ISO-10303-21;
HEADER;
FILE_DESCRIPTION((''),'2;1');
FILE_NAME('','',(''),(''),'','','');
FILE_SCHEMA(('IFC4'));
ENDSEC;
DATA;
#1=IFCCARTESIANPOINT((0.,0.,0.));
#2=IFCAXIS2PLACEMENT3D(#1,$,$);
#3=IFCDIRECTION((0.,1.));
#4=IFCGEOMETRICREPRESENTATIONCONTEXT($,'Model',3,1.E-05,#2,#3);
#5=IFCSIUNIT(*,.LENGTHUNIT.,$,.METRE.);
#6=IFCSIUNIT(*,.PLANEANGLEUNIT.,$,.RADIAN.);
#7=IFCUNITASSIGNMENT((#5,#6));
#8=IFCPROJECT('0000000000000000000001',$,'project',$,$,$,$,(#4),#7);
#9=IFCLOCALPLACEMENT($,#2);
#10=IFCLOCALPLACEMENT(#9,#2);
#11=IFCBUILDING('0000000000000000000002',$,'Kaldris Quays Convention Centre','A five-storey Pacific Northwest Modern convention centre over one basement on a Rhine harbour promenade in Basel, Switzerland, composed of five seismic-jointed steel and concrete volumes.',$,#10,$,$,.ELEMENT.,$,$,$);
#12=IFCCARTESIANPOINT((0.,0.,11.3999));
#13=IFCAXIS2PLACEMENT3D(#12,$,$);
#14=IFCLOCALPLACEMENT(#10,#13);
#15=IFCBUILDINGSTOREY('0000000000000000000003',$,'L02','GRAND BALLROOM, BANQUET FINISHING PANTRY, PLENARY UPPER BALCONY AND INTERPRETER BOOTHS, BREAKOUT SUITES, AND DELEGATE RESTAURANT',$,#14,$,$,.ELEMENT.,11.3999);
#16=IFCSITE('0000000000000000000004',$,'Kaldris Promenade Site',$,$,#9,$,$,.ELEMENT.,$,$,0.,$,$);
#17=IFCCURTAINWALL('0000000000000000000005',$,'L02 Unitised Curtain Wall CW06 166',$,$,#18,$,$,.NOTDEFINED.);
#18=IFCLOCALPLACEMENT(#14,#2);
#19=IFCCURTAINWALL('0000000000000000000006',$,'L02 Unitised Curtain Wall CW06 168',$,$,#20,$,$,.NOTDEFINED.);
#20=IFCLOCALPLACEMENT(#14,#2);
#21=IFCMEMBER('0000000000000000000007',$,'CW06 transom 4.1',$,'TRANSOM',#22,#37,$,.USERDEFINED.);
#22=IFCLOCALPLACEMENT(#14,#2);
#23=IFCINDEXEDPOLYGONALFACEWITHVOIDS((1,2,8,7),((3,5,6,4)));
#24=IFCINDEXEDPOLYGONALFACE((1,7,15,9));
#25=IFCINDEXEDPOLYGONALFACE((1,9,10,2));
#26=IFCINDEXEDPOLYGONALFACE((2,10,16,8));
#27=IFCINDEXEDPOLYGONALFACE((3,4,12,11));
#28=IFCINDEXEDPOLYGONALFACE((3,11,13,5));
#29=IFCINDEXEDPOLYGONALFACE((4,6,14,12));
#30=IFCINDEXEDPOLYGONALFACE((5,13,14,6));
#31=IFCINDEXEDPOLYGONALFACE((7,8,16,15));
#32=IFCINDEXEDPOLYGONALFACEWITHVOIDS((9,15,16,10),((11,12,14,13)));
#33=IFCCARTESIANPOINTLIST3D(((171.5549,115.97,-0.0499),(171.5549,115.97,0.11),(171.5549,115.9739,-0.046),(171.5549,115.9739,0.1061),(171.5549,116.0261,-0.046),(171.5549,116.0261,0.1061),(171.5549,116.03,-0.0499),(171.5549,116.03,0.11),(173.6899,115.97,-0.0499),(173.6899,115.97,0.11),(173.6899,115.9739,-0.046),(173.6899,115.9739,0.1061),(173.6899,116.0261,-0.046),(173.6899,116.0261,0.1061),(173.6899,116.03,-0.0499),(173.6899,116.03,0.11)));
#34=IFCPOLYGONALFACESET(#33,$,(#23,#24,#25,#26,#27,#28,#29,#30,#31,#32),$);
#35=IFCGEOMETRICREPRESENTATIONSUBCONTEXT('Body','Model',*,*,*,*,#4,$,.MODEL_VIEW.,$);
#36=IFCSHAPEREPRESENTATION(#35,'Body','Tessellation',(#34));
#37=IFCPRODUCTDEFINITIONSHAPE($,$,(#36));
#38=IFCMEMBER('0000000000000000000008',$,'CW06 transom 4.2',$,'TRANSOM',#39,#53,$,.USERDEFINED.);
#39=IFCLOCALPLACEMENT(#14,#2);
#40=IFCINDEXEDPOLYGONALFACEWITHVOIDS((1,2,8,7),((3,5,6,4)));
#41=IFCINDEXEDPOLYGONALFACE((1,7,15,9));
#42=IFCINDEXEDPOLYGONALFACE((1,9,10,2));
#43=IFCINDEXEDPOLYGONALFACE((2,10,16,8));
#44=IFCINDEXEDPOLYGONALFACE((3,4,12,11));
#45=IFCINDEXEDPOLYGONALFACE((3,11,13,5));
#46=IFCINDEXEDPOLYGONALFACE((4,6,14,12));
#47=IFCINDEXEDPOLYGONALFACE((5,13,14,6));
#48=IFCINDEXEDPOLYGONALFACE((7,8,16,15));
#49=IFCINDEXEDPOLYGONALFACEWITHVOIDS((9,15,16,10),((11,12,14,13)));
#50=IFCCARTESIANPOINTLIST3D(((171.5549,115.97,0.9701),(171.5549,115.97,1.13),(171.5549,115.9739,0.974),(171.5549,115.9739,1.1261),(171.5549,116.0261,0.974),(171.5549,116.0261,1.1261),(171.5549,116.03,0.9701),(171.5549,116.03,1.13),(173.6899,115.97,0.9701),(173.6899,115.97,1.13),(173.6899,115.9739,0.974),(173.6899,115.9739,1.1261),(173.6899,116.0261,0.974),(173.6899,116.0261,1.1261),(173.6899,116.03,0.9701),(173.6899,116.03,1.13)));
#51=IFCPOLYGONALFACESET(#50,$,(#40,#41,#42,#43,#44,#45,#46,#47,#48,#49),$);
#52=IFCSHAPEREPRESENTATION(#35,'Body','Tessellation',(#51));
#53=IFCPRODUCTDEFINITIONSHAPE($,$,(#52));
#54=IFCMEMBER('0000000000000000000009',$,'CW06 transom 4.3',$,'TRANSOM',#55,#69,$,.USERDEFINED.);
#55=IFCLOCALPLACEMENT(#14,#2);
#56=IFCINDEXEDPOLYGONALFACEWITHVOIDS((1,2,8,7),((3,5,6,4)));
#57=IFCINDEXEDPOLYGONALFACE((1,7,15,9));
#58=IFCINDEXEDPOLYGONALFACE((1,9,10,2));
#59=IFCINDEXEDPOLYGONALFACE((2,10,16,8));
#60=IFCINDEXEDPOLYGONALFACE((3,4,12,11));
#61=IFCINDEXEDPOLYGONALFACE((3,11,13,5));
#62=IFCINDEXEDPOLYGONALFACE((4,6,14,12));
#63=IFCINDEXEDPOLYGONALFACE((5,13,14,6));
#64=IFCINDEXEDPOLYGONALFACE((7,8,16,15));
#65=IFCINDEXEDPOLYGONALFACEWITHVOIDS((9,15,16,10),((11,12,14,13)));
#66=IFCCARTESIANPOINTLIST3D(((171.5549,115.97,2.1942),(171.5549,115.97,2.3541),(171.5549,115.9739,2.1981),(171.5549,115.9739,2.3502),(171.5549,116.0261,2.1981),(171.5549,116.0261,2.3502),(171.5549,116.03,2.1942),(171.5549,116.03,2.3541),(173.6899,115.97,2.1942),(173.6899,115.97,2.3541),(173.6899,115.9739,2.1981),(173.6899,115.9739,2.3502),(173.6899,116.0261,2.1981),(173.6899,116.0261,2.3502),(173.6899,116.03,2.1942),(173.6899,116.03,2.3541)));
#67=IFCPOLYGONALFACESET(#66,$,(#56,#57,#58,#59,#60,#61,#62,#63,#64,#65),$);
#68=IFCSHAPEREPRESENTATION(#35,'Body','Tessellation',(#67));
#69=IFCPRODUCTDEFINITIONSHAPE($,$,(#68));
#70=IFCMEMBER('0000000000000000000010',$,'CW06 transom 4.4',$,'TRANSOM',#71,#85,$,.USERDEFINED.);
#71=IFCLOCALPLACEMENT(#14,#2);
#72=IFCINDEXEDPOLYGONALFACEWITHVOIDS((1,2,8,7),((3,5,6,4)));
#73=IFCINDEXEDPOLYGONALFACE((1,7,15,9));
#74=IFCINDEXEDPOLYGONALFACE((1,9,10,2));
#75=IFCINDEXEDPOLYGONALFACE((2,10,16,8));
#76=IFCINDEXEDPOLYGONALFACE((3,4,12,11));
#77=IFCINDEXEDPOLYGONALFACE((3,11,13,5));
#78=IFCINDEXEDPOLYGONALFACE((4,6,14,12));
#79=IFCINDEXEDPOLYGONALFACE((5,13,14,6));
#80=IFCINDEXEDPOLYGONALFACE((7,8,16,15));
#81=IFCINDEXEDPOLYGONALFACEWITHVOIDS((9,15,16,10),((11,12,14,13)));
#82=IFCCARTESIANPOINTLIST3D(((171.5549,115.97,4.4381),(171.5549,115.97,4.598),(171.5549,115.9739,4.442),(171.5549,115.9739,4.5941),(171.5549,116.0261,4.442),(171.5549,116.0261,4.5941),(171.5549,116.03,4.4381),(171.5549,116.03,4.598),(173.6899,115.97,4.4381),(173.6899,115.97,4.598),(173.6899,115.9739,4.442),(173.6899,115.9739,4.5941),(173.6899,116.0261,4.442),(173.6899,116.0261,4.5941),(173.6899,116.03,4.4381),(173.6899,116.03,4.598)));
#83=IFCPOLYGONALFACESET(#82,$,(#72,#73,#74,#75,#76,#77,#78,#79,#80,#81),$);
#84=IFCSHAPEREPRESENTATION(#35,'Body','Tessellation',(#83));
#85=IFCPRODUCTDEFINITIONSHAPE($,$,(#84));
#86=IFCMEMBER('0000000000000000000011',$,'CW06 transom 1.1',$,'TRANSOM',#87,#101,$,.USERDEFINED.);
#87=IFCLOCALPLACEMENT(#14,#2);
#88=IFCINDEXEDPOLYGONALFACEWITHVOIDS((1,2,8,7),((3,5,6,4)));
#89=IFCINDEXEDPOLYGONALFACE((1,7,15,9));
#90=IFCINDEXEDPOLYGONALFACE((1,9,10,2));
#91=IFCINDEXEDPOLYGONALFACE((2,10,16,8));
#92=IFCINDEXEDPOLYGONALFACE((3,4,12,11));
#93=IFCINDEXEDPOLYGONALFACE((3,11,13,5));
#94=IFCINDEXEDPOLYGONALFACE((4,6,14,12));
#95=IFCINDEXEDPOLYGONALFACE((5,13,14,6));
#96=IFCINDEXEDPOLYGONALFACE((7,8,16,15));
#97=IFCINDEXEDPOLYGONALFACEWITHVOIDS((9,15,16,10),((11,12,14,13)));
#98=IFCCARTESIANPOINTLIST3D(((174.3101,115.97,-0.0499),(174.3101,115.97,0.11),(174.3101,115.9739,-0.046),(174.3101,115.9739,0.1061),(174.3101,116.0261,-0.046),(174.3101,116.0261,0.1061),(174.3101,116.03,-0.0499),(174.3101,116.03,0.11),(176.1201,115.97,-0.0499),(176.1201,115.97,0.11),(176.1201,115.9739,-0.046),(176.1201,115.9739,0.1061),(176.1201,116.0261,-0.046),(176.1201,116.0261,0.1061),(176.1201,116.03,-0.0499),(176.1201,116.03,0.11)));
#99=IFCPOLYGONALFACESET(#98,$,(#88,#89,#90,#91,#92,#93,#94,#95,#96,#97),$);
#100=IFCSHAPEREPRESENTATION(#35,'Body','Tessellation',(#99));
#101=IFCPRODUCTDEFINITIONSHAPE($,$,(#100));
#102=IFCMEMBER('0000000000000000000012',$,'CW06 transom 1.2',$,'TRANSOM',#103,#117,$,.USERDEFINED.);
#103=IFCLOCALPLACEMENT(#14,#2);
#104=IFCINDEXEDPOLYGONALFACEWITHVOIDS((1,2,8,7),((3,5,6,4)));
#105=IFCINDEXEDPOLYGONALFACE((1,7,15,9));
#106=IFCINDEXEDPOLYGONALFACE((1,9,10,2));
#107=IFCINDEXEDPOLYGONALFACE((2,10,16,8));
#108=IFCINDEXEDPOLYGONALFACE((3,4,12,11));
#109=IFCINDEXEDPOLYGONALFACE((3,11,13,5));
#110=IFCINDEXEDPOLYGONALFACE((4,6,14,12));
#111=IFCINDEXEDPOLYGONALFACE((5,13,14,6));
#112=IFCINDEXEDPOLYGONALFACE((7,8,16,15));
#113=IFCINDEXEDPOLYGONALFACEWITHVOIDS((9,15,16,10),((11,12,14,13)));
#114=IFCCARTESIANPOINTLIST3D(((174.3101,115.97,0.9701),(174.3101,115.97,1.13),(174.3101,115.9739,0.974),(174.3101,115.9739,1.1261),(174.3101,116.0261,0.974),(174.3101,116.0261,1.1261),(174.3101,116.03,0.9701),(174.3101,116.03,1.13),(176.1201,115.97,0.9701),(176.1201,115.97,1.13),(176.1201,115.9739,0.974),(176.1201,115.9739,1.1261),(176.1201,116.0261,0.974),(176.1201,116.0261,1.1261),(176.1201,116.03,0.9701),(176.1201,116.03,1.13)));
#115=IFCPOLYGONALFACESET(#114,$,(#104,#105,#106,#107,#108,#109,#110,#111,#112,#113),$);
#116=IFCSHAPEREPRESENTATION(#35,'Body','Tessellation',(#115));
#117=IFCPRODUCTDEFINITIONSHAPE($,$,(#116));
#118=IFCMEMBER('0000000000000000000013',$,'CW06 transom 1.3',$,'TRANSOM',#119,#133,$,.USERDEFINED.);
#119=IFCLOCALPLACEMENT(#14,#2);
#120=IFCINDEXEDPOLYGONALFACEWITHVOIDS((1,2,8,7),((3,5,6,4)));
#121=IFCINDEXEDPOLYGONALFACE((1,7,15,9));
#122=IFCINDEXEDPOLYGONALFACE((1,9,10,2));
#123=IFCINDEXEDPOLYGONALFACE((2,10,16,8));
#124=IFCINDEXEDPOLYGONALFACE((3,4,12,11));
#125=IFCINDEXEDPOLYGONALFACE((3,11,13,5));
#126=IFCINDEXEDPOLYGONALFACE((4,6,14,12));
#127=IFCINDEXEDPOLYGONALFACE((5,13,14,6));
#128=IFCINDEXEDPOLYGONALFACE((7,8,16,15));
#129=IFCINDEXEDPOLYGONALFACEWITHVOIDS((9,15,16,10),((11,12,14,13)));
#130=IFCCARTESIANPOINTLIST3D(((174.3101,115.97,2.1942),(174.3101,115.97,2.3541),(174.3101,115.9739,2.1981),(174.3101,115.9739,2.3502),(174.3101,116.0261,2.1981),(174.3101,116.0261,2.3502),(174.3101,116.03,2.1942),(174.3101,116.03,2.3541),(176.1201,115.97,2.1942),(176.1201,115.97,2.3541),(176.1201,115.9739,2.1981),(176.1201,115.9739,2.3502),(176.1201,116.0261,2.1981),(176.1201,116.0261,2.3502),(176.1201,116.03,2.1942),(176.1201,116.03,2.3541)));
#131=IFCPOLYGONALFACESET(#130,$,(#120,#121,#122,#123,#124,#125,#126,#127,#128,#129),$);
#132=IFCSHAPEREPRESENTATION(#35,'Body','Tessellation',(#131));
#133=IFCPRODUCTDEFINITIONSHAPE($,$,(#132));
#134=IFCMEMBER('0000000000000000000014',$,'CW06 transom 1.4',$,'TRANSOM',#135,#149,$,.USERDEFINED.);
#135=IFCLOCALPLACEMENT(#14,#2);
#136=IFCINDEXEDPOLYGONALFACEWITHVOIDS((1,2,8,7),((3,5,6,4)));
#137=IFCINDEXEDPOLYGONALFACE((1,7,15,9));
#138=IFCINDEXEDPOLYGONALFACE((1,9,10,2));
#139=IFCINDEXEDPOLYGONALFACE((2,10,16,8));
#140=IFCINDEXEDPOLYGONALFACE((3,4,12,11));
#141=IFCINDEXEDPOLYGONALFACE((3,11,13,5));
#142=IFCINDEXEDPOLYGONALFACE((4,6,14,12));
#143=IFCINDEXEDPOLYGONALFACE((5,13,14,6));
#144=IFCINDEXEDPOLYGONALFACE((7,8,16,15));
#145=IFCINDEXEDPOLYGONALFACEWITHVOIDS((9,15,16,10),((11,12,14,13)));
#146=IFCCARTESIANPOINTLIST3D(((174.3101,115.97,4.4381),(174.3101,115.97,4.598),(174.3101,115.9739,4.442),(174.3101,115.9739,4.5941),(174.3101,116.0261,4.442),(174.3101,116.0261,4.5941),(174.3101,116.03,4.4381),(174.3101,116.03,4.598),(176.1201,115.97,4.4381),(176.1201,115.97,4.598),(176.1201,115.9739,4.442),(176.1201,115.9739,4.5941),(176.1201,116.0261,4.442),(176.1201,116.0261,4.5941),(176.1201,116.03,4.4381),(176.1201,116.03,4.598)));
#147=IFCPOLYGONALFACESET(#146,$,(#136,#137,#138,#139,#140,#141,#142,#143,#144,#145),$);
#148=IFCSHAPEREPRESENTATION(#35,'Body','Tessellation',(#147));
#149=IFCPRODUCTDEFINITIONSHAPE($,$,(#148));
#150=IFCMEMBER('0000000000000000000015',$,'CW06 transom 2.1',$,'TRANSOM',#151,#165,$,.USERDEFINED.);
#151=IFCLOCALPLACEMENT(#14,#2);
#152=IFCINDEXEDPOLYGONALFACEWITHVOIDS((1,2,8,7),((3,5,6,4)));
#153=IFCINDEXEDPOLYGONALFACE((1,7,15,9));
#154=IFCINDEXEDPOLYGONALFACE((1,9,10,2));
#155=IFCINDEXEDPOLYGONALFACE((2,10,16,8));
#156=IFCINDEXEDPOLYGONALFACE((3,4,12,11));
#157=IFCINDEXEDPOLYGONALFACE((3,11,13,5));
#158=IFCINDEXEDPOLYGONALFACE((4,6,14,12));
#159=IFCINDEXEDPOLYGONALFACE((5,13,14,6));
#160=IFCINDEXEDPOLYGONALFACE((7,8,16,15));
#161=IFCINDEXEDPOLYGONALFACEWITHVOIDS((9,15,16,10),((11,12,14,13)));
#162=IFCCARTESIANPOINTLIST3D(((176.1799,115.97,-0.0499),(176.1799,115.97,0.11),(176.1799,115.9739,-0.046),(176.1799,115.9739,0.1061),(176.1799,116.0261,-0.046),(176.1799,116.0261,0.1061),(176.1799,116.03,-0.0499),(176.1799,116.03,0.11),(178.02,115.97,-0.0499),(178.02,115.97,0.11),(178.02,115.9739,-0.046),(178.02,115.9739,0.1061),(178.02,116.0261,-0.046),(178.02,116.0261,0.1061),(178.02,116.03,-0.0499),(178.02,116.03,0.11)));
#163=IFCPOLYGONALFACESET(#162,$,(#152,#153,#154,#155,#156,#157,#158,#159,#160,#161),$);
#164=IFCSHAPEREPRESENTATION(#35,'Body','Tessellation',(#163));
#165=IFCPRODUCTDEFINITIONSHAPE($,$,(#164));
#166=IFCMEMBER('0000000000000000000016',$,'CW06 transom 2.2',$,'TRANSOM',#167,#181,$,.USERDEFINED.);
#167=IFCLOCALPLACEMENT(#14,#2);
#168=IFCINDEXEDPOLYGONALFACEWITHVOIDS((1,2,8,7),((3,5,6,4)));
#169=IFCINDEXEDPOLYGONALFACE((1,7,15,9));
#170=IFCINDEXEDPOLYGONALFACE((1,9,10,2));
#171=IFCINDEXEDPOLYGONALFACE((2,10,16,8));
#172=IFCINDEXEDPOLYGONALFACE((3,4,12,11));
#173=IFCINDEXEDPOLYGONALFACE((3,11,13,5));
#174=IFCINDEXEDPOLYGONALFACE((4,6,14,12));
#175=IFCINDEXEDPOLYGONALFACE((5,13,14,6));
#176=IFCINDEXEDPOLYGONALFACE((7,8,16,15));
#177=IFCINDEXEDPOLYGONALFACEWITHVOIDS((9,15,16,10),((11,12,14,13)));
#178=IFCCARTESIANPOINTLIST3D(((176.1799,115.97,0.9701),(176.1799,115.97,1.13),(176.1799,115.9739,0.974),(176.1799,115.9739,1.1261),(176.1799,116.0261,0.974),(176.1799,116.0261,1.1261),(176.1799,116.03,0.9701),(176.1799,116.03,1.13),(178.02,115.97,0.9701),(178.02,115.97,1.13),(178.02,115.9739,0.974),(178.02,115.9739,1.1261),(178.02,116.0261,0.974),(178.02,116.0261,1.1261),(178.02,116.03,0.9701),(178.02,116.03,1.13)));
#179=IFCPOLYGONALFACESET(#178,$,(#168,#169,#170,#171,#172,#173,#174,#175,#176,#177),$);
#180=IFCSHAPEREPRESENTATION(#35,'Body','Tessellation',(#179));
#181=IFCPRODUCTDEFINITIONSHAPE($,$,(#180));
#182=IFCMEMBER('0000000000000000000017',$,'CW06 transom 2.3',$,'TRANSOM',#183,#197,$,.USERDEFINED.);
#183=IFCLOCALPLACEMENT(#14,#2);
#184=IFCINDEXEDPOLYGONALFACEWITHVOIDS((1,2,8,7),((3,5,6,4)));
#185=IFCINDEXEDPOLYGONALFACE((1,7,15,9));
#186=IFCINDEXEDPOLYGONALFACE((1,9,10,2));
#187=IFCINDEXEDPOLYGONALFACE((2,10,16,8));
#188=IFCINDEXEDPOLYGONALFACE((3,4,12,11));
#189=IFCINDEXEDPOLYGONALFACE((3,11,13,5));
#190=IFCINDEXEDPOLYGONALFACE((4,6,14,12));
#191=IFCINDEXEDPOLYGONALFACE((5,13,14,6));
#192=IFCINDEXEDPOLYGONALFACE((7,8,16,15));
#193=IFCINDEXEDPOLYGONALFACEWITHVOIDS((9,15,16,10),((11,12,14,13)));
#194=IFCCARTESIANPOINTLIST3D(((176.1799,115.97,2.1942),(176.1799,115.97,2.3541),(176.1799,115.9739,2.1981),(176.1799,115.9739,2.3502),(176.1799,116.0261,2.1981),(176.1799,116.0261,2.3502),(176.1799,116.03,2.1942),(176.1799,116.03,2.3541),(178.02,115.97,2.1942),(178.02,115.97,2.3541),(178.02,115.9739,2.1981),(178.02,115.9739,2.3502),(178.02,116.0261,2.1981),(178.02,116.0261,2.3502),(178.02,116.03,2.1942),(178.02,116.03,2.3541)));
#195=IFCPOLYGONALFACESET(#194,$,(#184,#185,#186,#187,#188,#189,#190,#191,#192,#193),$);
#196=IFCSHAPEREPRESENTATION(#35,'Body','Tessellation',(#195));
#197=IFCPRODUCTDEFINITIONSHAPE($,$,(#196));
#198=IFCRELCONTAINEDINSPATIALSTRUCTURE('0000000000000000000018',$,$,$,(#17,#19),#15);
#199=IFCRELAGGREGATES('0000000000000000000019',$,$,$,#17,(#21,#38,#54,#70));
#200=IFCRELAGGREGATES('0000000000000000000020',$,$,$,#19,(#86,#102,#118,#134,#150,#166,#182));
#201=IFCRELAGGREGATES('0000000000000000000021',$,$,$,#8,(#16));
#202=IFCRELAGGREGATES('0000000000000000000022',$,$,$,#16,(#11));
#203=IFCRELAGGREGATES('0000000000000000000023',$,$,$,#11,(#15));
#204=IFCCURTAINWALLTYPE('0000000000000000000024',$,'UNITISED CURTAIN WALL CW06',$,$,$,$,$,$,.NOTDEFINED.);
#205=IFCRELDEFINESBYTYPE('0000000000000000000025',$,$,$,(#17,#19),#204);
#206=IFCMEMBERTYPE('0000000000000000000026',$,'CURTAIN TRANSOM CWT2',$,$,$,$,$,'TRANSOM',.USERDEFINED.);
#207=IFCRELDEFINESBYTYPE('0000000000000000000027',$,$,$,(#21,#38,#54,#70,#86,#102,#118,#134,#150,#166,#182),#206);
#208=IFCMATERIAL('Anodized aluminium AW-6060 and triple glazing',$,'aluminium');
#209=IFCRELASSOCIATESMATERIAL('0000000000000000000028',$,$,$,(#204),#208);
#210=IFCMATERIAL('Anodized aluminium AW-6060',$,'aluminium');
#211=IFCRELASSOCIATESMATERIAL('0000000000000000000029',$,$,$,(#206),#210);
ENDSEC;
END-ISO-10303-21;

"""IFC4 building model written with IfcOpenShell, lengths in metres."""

from ifc_helpers import new_model, si_unit, direction, frame, origin, origin_2d, place, context, subcontext, project, spatial, hollow_rectangle, extrude, material, material_profile, profile_set, type_object, element, aggregate, save


model = new_model("IFC4")

# Units and contexts
model_context = context("Model", 3, precision=1e-05, world=origin(), true_north=direction((0.0, 1.0)))
body_context = subcontext(model_context, "Body", "Model", "MODEL_VIEW")
ifc_project = project(units=[si_unit("LENGTHUNIT", "METRE"), si_unit("PLANEANGLEUNIT", "RADIAN")], contexts=[model_context])

# Site, building, storey
site_placement = place(None, origin())
site = spatial("IfcSite", under=ifc_project, at=site_placement, Name="Kaldris Promenade Site", CompositionType="ELEMENT", RefElevation=0.0)
building_placement = place(site_placement, origin())
building = spatial("IfcBuilding", under=site, at=building_placement, Name="Kaldris Quays Convention Centre", Description="A five-storey Pacific Northwest Modern convention centre over one basement on a Rhine harbour promenade in Basel, Switzerland, composed of five seismic-jointed steel and concrete volumes.", CompositionType="ELEMENT")
storey_placement = place(building_placement, frame((0.0, 0.0, 11.3999)))
storey = spatial("IfcBuildingStorey", under=building, at=storey_placement, Name="L02", Description="GRAND BALLROOM, BANQUET FINISHING PANTRY, PLENARY UPPER BALCONY AND INTERPRETER BOOTHS, BREAKOUT SUITES, AND DELEGATE RESTAURANT", CompositionType="ELEMENT", Elevation=11.3999)

# Curtain walls
ifc_material_1 = material(Name="Anodized aluminium AW-6060 and triple glazing", Category="aluminium")
curtain_wall_type = type_object("IfcCurtainWallType", Name="UNITISED CURTAIN WALL CW06", PredefinedType="NOTDEFINED", material=ifc_material_1)
curtain_wall_1_placement = place(storey_placement, origin())
curtain_wall_1 = element("IfcCurtainWall", 1, at=curtain_wall_1_placement, inside=storey, type_object=curtain_wall_type, Name="L02 Unitised Curtain Wall CW06 166", PredefinedType="NOTDEFINED")
ifc_material_2 = material(Name="Anodized aluminium AW-6060", Category="aluminium")
curtain_wall_2_placement = place(storey_placement, origin())
curtain_wall_2 = element("IfcCurtainWall", 2, at=curtain_wall_2_placement, inside=storey, type_object=curtain_wall_type, Name="L02 Unitised Curtain Wall CW06 168", PredefinedType="NOTDEFINED")

# Members
ifc_material_profile_1 = material_profile(ifc_material_2, hollow_rectangle(XDim=0.0601, YDim=0.1599, WallThickness=0.0039, at=origin_2d()), Name="RHS 160x60x4")
ifc_profile_set_1 = profile_set([ifc_material_profile_1], Name="Anodized aluminium AW-6060")
member_type_1 = type_object("IfcMemberType", Name="CURTAIN TRANSOM CWT2", ElementType="TRANSOM", PredefinedType="USERDEFINED", material=ifc_profile_set_1)
member_1_placement = place(storey_placement, frame((171.5549, 116.0, 0.03), z_axis=(1.0, 0.0, 0.0), x_axis=(0.0, 1.0, 0.0)))
member_1 = element("IfcMember", 3, at=member_1_placement, type_object=member_type_1, Name="CW06 transom 4.1", ObjectType="TRANSOM", PredefinedType="USERDEFINED", context=body_context, shape_type="SweptSolid", body=[
    extrude(hollow_rectangle(XDim=0.0601, YDim=0.1599, WallThickness=0.0039, at=origin_2d()), origin(), (0.0, 0.0, 1.0), 2.135),
])
member_2_placement = place(storey_placement, frame((171.5549, 116.0, 1.05), z_axis=(1.0, 0.0, 0.0), x_axis=(0.0, 1.0, 0.0)))
member_2 = element("IfcMember", 4, at=member_2_placement, type_object=member_type_1, Name="CW06 transom 4.2", ObjectType="TRANSOM", PredefinedType="USERDEFINED", context=body_context, shape_type="SweptSolid", body=[
    extrude(hollow_rectangle(XDim=0.0601, YDim=0.1599, WallThickness=0.0039, at=origin_2d()), origin(), (0.0, 0.0, 1.0), 2.135),
])
member_3_placement = place(storey_placement, frame((171.5549, 116.0, 2.2742), z_axis=(1.0, 0.0, 0.0), x_axis=(0.0, 1.0, 0.0)))
member_3 = element("IfcMember", 5, at=member_3_placement, type_object=member_type_1, Name="CW06 transom 4.3", ObjectType="TRANSOM", PredefinedType="USERDEFINED", context=body_context, shape_type="SweptSolid", body=[
    extrude(hollow_rectangle(XDim=0.0601, YDim=0.1599, WallThickness=0.0039, at=origin_2d()), origin(), (0.0, 0.0, 1.0), 2.135),
])
member_4_placement = place(storey_placement, frame((171.5549, 116.0, 4.5181), z_axis=(1.0, 0.0, 0.0), x_axis=(0.0, 1.0, 0.0)))
member_4 = element("IfcMember", 6, at=member_4_placement, type_object=member_type_1, Name="CW06 transom 4.4", ObjectType="TRANSOM", PredefinedType="USERDEFINED", context=body_context, shape_type="SweptSolid", body=[
    extrude(hollow_rectangle(XDim=0.0601, YDim=0.1599, WallThickness=0.0039, at=origin_2d()), origin(), (0.0, 0.0, 1.0), 2.135),
])
member_5_placement = place(storey_placement, frame((174.3101, 116.0, 0.03), z_axis=(1.0, 0.0, 0.0), x_axis=(0.0, 1.0, 0.0)))
member_5 = element("IfcMember", 7, at=member_5_placement, type_object=member_type_1, Name="CW06 transom 1.1", ObjectType="TRANSOM", PredefinedType="USERDEFINED", context=body_context, shape_type="SweptSolid", body=[
    extrude(hollow_rectangle(XDim=0.0601, YDim=0.1599, WallThickness=0.0039, at=origin_2d()), origin(), (0.0, 0.0, 1.0), 1.8101),
])
member_6_placement = place(storey_placement, frame((174.3101, 116.0, 1.05), z_axis=(1.0, 0.0, 0.0), x_axis=(0.0, 1.0, 0.0)))
member_6 = element("IfcMember", 8, at=member_6_placement, type_object=member_type_1, Name="CW06 transom 1.2", ObjectType="TRANSOM", PredefinedType="USERDEFINED", context=body_context, shape_type="SweptSolid", body=[
    extrude(hollow_rectangle(XDim=0.0601, YDim=0.1599, WallThickness=0.0039, at=origin_2d()), origin(), (0.0, 0.0, 1.0), 1.8101),
])
member_7_placement = place(storey_placement, frame((174.3101, 116.0, 2.2742), z_axis=(1.0, 0.0, 0.0), x_axis=(0.0, 1.0, 0.0)))
member_7 = element("IfcMember", 9, at=member_7_placement, type_object=member_type_1, Name="CW06 transom 1.3", ObjectType="TRANSOM", PredefinedType="USERDEFINED", context=body_context, shape_type="SweptSolid", body=[
    extrude(hollow_rectangle(XDim=0.0601, YDim=0.1599, WallThickness=0.0039, at=origin_2d()), origin(), (0.0, 0.0, 1.0), 1.8101),
])
member_8_placement = place(storey_placement, frame((174.3101, 116.0, 4.5181), z_axis=(1.0, 0.0, 0.0), x_axis=(0.0, 1.0, 0.0)))
member_8 = element("IfcMember", 10, at=member_8_placement, type_object=member_type_1, Name="CW06 transom 1.4", ObjectType="TRANSOM", PredefinedType="USERDEFINED", context=body_context, shape_type="SweptSolid", body=[
    extrude(hollow_rectangle(XDim=0.0601, YDim=0.1599, WallThickness=0.0039, at=origin_2d()), origin(), (0.0, 0.0, 1.0), 1.8101),
])
member_9_placement = place(storey_placement, frame((176.1799, 116.0, 0.03), z_axis=(1.0, 0.0, 0.0), x_axis=(0.0, 1.0, 0.0)))
member_9 = element("IfcMember", 11, at=member_9_placement, type_object=member_type_1, Name="CW06 transom 2.1", ObjectType="TRANSOM", PredefinedType="USERDEFINED", context=body_context, shape_type="SweptSolid", body=[
    extrude(hollow_rectangle(XDim=0.0601, YDim=0.1599, WallThickness=0.0039, at=origin_2d()), origin(), (0.0, 0.0, 1.0), 1.8401),
])
member_10_placement = place(storey_placement, frame((176.1799, 116.0, 1.05), z_axis=(1.0, 0.0, 0.0), x_axis=(0.0, 1.0, 0.0)))
member_10 = element("IfcMember", 12, at=member_10_placement, type_object=member_type_1, Name="CW06 transom 2.2", ObjectType="TRANSOM", PredefinedType="USERDEFINED", context=body_context, shape_type="SweptSolid", body=[
    extrude(hollow_rectangle(XDim=0.0601, YDim=0.1599, WallThickness=0.0039, at=origin_2d()), origin(), (0.0, 0.0, 1.0), 1.8401),
])
member_11_placement = place(storey_placement, frame((176.1799, 116.0, 2.2742), z_axis=(1.0, 0.0, 0.0), x_axis=(0.0, 1.0, 0.0)))
member_11 = element("IfcMember", 13, at=member_11_placement, type_object=member_type_1, Name="CW06 transom 2.3", ObjectType="TRANSOM", PredefinedType="USERDEFINED", context=body_context, shape_type="SweptSolid", body=[
    extrude(hollow_rectangle(XDim=0.0601, YDim=0.1599, WallThickness=0.0039, at=origin_2d()), origin(), (0.0, 0.0, 1.0), 1.8401),
])

aggregate(curtain_wall_1, [member_1, member_2, member_3, member_4])
aggregate(curtain_wall_2, [member_5, member_6, member_7, member_8, member_9, member_10, member_11])

save(model, "model.ifc")
